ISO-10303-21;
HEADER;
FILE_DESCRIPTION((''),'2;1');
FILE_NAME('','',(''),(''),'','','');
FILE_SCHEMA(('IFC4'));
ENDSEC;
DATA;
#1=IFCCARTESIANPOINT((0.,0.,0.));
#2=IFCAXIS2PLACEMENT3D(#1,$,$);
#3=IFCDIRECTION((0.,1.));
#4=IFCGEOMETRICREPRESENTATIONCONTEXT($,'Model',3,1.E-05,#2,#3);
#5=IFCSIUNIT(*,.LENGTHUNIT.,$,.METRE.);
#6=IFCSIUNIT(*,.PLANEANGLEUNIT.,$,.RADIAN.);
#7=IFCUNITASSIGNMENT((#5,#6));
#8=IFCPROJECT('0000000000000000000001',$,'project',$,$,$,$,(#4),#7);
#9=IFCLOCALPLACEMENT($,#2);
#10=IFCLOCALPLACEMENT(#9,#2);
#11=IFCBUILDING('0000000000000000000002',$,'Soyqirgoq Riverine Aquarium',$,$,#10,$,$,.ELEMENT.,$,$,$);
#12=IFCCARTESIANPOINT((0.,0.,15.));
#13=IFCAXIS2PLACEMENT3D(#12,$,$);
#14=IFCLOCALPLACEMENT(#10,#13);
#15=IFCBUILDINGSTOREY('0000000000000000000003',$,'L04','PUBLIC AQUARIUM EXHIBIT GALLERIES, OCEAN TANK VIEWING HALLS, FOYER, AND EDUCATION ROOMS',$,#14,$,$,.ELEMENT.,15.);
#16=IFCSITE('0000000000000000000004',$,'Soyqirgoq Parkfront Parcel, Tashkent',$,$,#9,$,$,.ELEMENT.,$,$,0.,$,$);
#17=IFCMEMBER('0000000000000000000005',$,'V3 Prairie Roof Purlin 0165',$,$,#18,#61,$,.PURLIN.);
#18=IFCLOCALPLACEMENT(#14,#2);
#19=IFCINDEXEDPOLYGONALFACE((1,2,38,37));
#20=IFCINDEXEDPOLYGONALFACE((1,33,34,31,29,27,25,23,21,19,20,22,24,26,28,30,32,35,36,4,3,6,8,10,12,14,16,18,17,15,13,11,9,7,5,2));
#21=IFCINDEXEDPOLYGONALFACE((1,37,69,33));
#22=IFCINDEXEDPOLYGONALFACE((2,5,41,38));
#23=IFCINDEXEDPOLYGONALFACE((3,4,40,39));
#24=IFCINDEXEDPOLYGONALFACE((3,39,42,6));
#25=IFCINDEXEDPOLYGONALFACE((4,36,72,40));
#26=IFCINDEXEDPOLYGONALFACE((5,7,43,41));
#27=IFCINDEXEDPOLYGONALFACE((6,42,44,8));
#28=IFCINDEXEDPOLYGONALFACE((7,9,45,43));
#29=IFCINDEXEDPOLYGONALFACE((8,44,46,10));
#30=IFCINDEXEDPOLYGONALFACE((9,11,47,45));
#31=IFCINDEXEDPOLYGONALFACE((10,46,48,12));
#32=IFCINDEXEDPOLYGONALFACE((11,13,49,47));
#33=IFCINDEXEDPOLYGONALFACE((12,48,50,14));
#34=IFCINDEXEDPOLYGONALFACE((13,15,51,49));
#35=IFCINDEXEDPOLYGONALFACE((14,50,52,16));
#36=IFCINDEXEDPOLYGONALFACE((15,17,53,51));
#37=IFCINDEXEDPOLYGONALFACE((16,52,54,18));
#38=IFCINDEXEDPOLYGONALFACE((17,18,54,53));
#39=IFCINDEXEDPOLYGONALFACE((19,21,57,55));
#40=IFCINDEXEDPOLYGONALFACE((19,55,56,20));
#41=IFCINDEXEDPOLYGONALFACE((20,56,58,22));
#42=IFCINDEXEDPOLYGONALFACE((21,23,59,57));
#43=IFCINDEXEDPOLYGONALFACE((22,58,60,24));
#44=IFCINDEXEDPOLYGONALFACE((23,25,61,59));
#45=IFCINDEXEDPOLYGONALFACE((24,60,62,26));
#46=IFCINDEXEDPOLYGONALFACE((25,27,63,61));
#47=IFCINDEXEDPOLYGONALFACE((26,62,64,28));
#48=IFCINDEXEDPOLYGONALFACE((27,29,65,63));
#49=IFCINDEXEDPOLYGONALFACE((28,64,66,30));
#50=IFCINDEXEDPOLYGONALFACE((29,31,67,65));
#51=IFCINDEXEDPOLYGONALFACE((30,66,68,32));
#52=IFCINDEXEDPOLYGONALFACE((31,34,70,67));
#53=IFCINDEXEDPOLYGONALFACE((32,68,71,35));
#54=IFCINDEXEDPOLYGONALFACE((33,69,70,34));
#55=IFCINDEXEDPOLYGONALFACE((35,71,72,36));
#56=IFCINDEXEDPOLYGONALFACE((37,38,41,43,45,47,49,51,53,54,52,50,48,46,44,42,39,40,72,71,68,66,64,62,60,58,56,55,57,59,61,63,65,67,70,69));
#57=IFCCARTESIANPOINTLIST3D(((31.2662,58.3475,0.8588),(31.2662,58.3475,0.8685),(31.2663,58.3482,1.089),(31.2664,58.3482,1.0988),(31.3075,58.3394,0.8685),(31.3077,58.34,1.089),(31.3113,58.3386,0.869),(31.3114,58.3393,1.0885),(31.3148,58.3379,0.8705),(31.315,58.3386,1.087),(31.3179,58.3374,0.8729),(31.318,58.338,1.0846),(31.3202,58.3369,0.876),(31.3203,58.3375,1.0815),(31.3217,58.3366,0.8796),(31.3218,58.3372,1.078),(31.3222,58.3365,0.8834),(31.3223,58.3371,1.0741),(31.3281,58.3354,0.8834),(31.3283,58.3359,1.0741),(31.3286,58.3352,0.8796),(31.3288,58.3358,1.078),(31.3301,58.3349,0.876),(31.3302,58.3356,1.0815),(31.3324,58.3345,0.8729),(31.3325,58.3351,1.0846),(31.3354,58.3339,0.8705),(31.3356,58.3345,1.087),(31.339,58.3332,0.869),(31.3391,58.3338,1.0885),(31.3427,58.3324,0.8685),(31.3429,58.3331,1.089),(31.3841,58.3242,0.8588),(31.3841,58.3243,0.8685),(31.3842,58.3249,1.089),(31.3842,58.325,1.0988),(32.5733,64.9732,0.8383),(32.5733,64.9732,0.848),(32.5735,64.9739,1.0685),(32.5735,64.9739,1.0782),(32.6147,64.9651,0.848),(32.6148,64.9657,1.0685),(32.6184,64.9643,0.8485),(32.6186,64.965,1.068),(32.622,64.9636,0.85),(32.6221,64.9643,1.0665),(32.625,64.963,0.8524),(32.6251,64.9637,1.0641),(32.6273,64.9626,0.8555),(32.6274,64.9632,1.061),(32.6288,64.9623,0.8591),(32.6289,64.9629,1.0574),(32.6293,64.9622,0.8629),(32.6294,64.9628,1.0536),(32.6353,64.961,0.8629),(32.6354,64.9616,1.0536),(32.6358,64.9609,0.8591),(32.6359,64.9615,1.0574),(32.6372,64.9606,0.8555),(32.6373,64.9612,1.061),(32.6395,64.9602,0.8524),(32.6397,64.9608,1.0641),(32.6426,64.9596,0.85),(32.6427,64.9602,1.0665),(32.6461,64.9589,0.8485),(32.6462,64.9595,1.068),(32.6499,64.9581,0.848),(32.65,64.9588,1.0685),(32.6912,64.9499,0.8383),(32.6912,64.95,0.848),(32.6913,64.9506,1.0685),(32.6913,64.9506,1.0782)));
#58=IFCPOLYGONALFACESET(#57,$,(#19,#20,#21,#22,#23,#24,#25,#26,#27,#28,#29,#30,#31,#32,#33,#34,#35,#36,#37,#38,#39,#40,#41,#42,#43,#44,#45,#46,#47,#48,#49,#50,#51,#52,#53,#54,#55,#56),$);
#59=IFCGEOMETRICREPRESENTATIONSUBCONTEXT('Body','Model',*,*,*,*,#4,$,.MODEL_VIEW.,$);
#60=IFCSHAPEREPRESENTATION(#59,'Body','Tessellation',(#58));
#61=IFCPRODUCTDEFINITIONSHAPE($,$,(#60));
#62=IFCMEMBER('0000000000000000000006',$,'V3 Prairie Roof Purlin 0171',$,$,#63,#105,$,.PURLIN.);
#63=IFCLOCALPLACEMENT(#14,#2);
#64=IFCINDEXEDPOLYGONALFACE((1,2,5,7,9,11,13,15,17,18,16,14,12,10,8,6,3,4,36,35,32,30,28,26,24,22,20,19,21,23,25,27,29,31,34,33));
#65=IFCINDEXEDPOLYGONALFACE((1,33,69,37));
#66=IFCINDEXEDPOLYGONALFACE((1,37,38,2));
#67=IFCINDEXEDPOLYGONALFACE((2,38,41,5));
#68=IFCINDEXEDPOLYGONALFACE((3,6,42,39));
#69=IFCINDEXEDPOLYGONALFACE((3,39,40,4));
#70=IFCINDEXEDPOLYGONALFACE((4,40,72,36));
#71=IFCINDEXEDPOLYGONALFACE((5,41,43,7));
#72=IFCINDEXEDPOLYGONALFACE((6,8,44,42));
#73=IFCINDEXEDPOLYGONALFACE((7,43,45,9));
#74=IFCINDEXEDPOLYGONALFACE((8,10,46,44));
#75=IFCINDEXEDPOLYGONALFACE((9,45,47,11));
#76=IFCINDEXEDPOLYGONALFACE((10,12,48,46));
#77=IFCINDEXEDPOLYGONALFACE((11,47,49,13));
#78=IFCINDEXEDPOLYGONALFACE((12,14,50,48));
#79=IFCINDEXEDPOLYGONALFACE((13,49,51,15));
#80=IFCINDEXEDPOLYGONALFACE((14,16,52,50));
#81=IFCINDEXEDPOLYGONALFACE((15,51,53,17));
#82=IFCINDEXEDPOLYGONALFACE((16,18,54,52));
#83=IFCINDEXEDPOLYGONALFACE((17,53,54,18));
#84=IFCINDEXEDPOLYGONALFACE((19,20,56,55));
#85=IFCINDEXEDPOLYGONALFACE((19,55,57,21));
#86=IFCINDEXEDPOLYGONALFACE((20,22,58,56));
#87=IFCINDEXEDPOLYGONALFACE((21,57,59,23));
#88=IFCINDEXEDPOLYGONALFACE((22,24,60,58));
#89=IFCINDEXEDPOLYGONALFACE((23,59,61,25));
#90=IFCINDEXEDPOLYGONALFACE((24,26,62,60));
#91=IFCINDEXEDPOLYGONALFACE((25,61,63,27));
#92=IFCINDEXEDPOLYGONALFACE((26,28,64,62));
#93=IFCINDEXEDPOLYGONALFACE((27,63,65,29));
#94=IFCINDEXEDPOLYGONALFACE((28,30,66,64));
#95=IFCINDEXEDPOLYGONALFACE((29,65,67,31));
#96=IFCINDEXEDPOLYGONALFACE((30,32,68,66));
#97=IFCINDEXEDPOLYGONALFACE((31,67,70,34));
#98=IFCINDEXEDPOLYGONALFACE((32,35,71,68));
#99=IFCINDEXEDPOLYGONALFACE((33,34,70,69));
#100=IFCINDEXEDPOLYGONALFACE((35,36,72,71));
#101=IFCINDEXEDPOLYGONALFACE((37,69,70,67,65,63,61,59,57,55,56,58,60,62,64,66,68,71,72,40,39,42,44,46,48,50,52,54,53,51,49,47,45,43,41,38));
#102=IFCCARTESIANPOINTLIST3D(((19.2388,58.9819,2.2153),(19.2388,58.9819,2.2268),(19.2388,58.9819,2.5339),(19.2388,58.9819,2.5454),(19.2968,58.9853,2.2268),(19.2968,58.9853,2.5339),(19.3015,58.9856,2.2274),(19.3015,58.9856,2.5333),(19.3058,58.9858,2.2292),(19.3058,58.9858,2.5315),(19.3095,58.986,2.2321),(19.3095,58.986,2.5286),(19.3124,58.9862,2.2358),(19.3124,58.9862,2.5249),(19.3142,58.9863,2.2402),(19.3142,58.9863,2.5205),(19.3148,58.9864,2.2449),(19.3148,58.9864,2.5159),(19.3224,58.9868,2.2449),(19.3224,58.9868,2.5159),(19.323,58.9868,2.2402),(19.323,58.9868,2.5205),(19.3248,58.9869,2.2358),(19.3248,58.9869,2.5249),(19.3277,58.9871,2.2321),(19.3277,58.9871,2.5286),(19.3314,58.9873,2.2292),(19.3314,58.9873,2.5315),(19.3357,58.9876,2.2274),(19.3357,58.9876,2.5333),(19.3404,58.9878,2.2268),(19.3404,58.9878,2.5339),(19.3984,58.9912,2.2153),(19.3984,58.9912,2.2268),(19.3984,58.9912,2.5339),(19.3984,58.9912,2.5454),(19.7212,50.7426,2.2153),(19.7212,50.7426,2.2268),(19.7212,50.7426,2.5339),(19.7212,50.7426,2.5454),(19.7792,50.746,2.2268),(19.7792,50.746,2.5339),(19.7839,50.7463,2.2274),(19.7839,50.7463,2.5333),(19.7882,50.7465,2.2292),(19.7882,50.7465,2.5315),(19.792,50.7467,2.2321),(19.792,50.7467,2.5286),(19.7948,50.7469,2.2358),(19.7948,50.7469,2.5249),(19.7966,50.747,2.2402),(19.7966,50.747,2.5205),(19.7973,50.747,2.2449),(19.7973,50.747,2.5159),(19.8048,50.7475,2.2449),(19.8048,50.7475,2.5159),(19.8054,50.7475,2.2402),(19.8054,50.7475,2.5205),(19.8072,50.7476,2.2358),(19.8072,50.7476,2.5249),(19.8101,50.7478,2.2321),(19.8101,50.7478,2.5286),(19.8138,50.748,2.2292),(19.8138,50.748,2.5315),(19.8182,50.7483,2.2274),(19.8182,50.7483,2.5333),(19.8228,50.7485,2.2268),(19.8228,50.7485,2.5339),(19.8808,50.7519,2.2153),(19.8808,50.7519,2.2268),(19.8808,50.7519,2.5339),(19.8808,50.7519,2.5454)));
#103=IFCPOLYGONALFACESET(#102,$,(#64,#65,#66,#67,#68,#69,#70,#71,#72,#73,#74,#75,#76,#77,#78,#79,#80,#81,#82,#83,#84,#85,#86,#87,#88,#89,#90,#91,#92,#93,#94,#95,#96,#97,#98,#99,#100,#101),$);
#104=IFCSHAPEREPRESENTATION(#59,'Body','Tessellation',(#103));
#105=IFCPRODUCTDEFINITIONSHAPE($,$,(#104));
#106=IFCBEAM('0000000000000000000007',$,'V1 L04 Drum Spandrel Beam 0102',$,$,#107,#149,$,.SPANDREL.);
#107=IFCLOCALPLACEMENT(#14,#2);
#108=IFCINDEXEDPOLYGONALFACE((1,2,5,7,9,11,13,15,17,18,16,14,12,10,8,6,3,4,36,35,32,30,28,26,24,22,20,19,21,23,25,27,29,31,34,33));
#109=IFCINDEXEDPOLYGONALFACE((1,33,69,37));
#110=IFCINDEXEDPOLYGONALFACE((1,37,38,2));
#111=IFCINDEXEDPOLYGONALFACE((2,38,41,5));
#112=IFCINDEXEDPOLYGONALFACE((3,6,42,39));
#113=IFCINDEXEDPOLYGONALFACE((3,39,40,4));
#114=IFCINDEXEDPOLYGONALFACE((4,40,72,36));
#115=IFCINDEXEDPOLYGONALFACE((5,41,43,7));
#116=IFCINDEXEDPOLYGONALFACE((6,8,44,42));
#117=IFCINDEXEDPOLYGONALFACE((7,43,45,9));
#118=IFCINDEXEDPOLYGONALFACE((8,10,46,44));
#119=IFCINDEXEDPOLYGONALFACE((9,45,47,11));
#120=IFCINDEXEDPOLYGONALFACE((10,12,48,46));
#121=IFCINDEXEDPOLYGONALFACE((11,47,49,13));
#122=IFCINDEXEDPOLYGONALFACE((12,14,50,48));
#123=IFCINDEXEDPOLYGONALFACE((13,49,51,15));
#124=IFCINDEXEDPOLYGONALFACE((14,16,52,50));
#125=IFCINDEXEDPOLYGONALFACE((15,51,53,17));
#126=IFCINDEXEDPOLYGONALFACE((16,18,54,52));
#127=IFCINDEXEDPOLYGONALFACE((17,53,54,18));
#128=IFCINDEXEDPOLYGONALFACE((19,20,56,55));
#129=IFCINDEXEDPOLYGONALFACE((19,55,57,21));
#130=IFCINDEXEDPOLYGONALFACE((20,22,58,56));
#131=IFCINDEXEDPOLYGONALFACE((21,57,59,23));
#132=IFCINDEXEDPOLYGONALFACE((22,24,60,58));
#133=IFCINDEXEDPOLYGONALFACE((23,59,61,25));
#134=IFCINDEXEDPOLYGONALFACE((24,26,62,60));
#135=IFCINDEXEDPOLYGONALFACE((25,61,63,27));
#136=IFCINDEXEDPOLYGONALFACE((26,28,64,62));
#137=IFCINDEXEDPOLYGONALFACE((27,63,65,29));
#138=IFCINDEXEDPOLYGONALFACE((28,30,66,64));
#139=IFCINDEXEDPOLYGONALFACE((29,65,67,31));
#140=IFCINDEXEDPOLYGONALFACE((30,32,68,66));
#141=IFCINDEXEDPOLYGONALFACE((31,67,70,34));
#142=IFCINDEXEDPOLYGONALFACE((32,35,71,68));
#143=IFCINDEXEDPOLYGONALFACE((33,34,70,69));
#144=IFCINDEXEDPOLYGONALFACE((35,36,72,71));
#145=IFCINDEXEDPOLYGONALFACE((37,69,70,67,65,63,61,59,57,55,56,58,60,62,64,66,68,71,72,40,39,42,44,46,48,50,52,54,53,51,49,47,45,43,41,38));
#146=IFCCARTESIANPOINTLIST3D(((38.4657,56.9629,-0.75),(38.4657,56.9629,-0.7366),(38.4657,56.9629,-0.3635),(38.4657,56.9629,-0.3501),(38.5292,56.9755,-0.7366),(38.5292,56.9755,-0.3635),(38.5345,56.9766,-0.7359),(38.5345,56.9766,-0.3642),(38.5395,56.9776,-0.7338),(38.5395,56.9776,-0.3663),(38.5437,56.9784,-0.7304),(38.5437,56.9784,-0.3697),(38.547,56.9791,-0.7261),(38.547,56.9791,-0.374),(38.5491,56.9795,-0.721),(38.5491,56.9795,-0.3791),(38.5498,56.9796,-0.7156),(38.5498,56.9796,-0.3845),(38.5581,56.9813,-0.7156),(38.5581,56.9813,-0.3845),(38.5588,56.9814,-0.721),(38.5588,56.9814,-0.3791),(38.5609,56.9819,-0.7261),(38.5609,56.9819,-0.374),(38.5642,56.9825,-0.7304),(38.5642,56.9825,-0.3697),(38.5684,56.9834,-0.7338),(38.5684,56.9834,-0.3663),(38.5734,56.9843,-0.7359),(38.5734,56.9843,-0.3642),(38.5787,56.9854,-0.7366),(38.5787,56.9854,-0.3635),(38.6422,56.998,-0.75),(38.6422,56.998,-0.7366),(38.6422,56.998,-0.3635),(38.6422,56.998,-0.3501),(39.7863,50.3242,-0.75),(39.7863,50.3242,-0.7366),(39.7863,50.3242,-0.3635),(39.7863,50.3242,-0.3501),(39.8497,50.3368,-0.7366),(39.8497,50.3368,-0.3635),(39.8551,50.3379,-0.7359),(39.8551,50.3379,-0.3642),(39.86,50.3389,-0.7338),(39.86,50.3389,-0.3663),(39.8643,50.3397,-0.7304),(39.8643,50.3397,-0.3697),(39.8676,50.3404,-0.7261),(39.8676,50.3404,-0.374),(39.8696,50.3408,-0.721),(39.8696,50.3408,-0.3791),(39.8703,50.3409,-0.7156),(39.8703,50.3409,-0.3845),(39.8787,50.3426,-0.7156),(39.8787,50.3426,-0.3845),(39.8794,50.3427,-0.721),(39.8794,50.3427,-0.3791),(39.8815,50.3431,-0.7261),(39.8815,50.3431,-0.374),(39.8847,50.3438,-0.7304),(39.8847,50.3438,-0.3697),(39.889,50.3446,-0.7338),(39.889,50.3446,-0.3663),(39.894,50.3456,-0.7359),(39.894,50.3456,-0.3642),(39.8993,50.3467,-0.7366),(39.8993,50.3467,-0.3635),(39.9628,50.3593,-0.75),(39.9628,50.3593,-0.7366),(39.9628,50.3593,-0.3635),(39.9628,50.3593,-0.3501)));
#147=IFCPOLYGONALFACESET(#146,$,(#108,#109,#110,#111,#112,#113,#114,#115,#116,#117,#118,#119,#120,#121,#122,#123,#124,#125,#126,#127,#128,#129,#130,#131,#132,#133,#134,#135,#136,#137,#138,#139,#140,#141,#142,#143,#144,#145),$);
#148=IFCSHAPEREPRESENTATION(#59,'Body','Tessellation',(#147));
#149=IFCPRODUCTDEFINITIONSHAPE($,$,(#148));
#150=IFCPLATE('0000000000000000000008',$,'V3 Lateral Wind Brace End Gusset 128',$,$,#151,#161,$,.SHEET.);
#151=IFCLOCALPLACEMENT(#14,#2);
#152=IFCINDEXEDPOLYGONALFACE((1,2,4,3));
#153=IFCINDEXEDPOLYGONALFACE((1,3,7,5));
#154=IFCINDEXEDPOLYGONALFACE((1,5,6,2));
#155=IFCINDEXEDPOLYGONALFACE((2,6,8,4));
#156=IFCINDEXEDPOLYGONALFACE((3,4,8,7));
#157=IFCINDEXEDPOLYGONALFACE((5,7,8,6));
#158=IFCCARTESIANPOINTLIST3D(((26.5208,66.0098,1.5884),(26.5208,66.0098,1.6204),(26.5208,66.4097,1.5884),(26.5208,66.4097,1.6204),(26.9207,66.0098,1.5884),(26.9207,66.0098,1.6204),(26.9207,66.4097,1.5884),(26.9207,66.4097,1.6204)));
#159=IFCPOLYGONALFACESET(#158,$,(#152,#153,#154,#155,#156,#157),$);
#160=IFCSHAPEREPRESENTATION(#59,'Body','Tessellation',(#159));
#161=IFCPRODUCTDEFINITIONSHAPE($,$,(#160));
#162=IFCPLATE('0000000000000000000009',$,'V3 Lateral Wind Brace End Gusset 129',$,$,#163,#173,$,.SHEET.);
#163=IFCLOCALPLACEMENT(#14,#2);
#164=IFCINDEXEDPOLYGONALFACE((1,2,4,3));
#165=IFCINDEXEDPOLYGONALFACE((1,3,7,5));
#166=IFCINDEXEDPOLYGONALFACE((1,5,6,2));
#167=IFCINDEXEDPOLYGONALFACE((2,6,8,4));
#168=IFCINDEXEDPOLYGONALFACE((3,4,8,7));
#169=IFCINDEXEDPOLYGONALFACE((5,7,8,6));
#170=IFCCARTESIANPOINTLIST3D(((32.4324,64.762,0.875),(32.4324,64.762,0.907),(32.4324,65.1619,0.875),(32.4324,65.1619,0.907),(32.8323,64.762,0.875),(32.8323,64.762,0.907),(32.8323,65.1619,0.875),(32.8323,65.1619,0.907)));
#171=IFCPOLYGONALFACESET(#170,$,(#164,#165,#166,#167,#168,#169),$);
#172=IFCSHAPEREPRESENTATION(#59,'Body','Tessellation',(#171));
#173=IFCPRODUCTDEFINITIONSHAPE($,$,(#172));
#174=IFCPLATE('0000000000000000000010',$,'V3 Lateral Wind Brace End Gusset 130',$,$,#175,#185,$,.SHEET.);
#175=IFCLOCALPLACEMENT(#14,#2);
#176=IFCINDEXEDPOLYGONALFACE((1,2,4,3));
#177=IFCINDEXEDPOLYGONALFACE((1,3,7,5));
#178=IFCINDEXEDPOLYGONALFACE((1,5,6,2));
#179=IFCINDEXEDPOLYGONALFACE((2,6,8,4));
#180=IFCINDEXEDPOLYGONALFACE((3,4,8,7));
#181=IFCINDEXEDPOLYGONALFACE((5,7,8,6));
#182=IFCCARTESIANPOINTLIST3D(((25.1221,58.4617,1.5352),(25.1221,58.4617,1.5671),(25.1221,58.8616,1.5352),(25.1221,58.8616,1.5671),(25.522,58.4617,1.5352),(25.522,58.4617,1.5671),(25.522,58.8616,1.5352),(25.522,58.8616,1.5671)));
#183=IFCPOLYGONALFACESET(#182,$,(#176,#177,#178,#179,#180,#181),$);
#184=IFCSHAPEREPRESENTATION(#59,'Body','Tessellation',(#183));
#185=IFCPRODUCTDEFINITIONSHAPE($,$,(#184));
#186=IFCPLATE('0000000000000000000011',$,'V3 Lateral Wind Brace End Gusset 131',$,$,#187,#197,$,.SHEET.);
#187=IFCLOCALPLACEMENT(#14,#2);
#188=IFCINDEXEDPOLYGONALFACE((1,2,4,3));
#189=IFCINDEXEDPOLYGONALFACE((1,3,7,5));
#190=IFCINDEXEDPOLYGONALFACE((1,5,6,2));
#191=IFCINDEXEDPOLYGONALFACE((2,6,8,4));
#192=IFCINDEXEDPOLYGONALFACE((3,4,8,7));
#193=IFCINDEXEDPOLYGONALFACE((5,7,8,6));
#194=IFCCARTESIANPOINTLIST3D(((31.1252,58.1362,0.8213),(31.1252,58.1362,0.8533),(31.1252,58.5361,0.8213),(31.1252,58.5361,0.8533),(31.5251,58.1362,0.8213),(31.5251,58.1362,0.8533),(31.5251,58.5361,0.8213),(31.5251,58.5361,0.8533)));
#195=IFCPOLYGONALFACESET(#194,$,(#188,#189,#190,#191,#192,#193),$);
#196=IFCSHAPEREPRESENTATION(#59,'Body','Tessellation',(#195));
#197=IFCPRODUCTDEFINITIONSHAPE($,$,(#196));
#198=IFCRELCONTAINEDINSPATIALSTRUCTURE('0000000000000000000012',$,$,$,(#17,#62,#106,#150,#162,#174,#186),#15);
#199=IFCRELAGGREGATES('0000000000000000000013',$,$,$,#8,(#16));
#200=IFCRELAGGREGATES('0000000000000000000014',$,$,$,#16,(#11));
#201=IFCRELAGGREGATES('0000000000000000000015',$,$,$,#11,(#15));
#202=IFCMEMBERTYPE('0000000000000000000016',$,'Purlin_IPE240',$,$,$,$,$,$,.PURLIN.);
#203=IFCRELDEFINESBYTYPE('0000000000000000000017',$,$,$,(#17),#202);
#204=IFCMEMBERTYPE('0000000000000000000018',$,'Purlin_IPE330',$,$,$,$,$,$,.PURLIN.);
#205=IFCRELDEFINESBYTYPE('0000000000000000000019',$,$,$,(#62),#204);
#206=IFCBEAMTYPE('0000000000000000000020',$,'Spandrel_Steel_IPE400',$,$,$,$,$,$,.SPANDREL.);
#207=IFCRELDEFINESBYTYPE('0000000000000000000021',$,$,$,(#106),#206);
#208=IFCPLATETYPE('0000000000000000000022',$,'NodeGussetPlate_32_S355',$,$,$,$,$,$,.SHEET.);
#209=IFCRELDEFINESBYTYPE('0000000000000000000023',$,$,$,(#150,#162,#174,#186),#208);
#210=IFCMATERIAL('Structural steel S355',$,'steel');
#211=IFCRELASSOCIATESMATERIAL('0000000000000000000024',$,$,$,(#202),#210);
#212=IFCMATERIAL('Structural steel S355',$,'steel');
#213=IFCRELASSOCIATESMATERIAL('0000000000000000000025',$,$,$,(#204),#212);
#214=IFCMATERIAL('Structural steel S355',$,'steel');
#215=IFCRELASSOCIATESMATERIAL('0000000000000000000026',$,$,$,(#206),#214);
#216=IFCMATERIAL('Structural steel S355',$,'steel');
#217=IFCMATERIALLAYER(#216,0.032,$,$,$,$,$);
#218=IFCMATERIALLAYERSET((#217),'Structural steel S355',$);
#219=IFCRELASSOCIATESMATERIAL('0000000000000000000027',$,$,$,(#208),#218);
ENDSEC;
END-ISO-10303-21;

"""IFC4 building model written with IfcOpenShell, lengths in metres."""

from ifc_helpers import new_model, si_unit, direction, frame, origin, origin_2d, place, context, subcontext, project, spatial, rectangle, i_section, extrude, material, layer, layer_set, material_profile, profile_set, type_object, element, save


model = new_model("IFC4")

# Units and contexts
model_context = context("Model", 3, precision=1e-05, world=origin(), true_north=direction((0.0, 1.0)))
body_context = subcontext(model_context, "Body", "Model", "MODEL_VIEW")
ifc_project = project(units=[si_unit("LENGTHUNIT", "METRE"), si_unit("PLANEANGLEUNIT", "RADIAN")], contexts=[model_context])

# Site, building, storey
site_placement = place(None, origin())
site = spatial("IfcSite", under=ifc_project, at=site_placement, Name="Soyqirgoq Parkfront Parcel, Tashkent", CompositionType="ELEMENT", RefElevation=0.0)
building_placement = place(site_placement, origin())
building = spatial("IfcBuilding", under=site, at=building_placement, Name="Soyqirgoq Riverine Aquarium", CompositionType="ELEMENT")
storey_placement = place(building_placement, frame((0.0, 0.0, 15.0)))
storey = spatial("IfcBuildingStorey", under=building, at=storey_placement, Name="L04", Description="PUBLIC AQUARIUM EXHIBIT GALLERIES, OCEAN TANK VIEWING HALLS, FOYER, AND EDUCATION ROOMS", CompositionType="ELEMENT", Elevation=15.0)

# Members
ifc_material_1 = material(Name="Structural steel S355", Category="steel")
ifc_material_profile_1 = material_profile(ifc_material_1, i_section(OverallWidth=0.1201, OverallDepth=0.24, WebThickness=0.0061, FlangeThickness=0.0098, FilletRadius=0.0149, at=origin_2d()), Name="IPE 240")
ifc_profile_set_1 = profile_set([ifc_material_profile_1], Name="Structural steel S355")
member_type_1 = type_object("IfcMemberType", Name="Purlin_IPE240", PredefinedType="PURLIN", material=ifc_profile_set_1)
member_1_placement = place(storey_placement, frame((32.6323, 64.9619, 0.9583), z_axis=(-0.193549, -0.981086, 0.003037), x_axis=(0.98109, -0.19355, 0.0)))
element("IfcMember", 1, at=member_1_placement, inside=storey, type_object=member_type_1, Name="V3 Prairie Roof Purlin 0165", PredefinedType="PURLIN", context=body_context, shape_type="SweptSolid", body=[
    extrude(i_section(OverallWidth=0.1201, OverallDepth=0.24, WebThickness=0.0061, FlangeThickness=0.0098, FilletRadius=0.0149, at=origin_2d()), origin(), (0.0, 0.0, 1.0), 6.7534),
])
ifc_material_2 = material(Name="Structural steel S355", Category="steel")
ifc_material_profile_2 = material_profile(ifc_material_2, i_section(OverallWidth=0.1599, OverallDepth=0.3301, WebThickness=0.0076, FlangeThickness=0.0115, FilletRadius=0.0181, at=origin_2d()), Name="IPE 330")
ifc_profile_set_2 = profile_set([ifc_material_profile_2], Name="Structural steel S355")
member_type_2 = type_object("IfcMemberType", Name="Purlin_IPE330", PredefinedType="PURLIN", material=ifc_profile_set_2)
member_2_placement = place(storey_placement, frame((19.3186, 58.9866, 2.3804), z_axis=(0.058452, -0.99829, 0.0), x_axis=(0.99829, 0.058452, 0.0)))
element("IfcMember", 2, at=member_2_placement, inside=storey, type_object=member_type_2, Name="V3 Prairie Roof Purlin 0171", PredefinedType="PURLIN", context=body_context, shape_type="SweptSolid", body=[
    extrude(i_section(OverallWidth=0.1599, OverallDepth=0.3301, WebThickness=0.0076, FlangeThickness=0.0115, FilletRadius=0.0181, at=origin_2d()), origin(), (0.0, 0.0, 1.0), 8.2534),
])

# Beam
ifc_material_3 = material(Name="Structural steel S355", Category="steel")
ifc_material_profile_3 = material_profile(ifc_material_3, i_section(OverallWidth=0.1799, OverallDepth=0.3999, WebThickness=0.0085, FlangeThickness=0.0134, FilletRadius=0.021, at=origin_2d()), Name="IPE 400")
ifc_profile_set_3 = profile_set([ifc_material_profile_3], Name="Structural steel S355")
beam_type_1 = type_object("IfcBeamType", Name="Spandrel_Steel_IPE400", PredefinedType="SPANDREL", material=ifc_profile_set_3)
beam_1_placement = place(storey_placement, frame((38.554, 56.9805, -0.55), z_axis=(0.195096, -0.980784, 0.0), x_axis=(0.980784, 0.195096, 0.0)))
element("IfcBeam", 3, at=beam_1_placement, inside=storey, type_object=beam_type_1, Name="V1 L04 Drum Spandrel Beam 0102", PredefinedType="SPANDREL", context=body_context, shape_type="SweptSolid", body=[
    extrude(i_section(OverallWidth=0.1799, OverallDepth=0.3999, WebThickness=0.0085, FlangeThickness=0.0134, FilletRadius=0.021, at=origin_2d()), origin(), (0.0, 0.0, 1.0), 6.7688),
])

# Plates
ifc_material_4 = material(Name="Structural steel S355", Category="steel")
ifc_layer_1 = layer(ifc_material_4, 0.032)
ifc_layer_set_1 = layer_set([ifc_layer_1], Name="Structural steel S355")
plate_type = type_object("IfcPlateType", Name="NodeGussetPlate_32_S355", PredefinedType="SHEET", material=ifc_layer_set_1)
for number, where, z_axis, x_axis, name in (
    (4, (26.7207, 66.2097, 1.5884), (0.0, 0.0, 1.0), (1.0, 0.0, 0.0), "V3 Lateral Wind Brace End Gusset 128"),
    (5, (32.6323, 64.9619, 0.875), (0.0, 0.0, 1.0), (1.0, 0.0, 0.0), "V3 Lateral Wind Brace End Gusset 129"),
    (6, (25.322, 58.6616, 1.5352), (0.0, 0.0, 1.0), (1.0, 0.0, 0.0), "V3 Lateral Wind Brace End Gusset 130"),
    (7, (31.3252, 58.3362, 0.8213), (0.0, 0.0, 1.0), (1.0, 0.0, 0.0), "V3 Lateral Wind Brace End Gusset 131"),
):
    element("IfcPlate", number, at=place(storey_placement, frame(where, z_axis=z_axis, x_axis=x_axis)), inside=storey, type_object=plate_type, Name=name, PredefinedType="SHEET", context=body_context, shape_type="SweptSolid", body=[
        extrude(rectangle(XDim=0.3999, YDim=0.3999, at=origin_2d()), origin(), (0.0, 0.0, 1.0), 0.032),
    ])

save(model, "model.ifc")
